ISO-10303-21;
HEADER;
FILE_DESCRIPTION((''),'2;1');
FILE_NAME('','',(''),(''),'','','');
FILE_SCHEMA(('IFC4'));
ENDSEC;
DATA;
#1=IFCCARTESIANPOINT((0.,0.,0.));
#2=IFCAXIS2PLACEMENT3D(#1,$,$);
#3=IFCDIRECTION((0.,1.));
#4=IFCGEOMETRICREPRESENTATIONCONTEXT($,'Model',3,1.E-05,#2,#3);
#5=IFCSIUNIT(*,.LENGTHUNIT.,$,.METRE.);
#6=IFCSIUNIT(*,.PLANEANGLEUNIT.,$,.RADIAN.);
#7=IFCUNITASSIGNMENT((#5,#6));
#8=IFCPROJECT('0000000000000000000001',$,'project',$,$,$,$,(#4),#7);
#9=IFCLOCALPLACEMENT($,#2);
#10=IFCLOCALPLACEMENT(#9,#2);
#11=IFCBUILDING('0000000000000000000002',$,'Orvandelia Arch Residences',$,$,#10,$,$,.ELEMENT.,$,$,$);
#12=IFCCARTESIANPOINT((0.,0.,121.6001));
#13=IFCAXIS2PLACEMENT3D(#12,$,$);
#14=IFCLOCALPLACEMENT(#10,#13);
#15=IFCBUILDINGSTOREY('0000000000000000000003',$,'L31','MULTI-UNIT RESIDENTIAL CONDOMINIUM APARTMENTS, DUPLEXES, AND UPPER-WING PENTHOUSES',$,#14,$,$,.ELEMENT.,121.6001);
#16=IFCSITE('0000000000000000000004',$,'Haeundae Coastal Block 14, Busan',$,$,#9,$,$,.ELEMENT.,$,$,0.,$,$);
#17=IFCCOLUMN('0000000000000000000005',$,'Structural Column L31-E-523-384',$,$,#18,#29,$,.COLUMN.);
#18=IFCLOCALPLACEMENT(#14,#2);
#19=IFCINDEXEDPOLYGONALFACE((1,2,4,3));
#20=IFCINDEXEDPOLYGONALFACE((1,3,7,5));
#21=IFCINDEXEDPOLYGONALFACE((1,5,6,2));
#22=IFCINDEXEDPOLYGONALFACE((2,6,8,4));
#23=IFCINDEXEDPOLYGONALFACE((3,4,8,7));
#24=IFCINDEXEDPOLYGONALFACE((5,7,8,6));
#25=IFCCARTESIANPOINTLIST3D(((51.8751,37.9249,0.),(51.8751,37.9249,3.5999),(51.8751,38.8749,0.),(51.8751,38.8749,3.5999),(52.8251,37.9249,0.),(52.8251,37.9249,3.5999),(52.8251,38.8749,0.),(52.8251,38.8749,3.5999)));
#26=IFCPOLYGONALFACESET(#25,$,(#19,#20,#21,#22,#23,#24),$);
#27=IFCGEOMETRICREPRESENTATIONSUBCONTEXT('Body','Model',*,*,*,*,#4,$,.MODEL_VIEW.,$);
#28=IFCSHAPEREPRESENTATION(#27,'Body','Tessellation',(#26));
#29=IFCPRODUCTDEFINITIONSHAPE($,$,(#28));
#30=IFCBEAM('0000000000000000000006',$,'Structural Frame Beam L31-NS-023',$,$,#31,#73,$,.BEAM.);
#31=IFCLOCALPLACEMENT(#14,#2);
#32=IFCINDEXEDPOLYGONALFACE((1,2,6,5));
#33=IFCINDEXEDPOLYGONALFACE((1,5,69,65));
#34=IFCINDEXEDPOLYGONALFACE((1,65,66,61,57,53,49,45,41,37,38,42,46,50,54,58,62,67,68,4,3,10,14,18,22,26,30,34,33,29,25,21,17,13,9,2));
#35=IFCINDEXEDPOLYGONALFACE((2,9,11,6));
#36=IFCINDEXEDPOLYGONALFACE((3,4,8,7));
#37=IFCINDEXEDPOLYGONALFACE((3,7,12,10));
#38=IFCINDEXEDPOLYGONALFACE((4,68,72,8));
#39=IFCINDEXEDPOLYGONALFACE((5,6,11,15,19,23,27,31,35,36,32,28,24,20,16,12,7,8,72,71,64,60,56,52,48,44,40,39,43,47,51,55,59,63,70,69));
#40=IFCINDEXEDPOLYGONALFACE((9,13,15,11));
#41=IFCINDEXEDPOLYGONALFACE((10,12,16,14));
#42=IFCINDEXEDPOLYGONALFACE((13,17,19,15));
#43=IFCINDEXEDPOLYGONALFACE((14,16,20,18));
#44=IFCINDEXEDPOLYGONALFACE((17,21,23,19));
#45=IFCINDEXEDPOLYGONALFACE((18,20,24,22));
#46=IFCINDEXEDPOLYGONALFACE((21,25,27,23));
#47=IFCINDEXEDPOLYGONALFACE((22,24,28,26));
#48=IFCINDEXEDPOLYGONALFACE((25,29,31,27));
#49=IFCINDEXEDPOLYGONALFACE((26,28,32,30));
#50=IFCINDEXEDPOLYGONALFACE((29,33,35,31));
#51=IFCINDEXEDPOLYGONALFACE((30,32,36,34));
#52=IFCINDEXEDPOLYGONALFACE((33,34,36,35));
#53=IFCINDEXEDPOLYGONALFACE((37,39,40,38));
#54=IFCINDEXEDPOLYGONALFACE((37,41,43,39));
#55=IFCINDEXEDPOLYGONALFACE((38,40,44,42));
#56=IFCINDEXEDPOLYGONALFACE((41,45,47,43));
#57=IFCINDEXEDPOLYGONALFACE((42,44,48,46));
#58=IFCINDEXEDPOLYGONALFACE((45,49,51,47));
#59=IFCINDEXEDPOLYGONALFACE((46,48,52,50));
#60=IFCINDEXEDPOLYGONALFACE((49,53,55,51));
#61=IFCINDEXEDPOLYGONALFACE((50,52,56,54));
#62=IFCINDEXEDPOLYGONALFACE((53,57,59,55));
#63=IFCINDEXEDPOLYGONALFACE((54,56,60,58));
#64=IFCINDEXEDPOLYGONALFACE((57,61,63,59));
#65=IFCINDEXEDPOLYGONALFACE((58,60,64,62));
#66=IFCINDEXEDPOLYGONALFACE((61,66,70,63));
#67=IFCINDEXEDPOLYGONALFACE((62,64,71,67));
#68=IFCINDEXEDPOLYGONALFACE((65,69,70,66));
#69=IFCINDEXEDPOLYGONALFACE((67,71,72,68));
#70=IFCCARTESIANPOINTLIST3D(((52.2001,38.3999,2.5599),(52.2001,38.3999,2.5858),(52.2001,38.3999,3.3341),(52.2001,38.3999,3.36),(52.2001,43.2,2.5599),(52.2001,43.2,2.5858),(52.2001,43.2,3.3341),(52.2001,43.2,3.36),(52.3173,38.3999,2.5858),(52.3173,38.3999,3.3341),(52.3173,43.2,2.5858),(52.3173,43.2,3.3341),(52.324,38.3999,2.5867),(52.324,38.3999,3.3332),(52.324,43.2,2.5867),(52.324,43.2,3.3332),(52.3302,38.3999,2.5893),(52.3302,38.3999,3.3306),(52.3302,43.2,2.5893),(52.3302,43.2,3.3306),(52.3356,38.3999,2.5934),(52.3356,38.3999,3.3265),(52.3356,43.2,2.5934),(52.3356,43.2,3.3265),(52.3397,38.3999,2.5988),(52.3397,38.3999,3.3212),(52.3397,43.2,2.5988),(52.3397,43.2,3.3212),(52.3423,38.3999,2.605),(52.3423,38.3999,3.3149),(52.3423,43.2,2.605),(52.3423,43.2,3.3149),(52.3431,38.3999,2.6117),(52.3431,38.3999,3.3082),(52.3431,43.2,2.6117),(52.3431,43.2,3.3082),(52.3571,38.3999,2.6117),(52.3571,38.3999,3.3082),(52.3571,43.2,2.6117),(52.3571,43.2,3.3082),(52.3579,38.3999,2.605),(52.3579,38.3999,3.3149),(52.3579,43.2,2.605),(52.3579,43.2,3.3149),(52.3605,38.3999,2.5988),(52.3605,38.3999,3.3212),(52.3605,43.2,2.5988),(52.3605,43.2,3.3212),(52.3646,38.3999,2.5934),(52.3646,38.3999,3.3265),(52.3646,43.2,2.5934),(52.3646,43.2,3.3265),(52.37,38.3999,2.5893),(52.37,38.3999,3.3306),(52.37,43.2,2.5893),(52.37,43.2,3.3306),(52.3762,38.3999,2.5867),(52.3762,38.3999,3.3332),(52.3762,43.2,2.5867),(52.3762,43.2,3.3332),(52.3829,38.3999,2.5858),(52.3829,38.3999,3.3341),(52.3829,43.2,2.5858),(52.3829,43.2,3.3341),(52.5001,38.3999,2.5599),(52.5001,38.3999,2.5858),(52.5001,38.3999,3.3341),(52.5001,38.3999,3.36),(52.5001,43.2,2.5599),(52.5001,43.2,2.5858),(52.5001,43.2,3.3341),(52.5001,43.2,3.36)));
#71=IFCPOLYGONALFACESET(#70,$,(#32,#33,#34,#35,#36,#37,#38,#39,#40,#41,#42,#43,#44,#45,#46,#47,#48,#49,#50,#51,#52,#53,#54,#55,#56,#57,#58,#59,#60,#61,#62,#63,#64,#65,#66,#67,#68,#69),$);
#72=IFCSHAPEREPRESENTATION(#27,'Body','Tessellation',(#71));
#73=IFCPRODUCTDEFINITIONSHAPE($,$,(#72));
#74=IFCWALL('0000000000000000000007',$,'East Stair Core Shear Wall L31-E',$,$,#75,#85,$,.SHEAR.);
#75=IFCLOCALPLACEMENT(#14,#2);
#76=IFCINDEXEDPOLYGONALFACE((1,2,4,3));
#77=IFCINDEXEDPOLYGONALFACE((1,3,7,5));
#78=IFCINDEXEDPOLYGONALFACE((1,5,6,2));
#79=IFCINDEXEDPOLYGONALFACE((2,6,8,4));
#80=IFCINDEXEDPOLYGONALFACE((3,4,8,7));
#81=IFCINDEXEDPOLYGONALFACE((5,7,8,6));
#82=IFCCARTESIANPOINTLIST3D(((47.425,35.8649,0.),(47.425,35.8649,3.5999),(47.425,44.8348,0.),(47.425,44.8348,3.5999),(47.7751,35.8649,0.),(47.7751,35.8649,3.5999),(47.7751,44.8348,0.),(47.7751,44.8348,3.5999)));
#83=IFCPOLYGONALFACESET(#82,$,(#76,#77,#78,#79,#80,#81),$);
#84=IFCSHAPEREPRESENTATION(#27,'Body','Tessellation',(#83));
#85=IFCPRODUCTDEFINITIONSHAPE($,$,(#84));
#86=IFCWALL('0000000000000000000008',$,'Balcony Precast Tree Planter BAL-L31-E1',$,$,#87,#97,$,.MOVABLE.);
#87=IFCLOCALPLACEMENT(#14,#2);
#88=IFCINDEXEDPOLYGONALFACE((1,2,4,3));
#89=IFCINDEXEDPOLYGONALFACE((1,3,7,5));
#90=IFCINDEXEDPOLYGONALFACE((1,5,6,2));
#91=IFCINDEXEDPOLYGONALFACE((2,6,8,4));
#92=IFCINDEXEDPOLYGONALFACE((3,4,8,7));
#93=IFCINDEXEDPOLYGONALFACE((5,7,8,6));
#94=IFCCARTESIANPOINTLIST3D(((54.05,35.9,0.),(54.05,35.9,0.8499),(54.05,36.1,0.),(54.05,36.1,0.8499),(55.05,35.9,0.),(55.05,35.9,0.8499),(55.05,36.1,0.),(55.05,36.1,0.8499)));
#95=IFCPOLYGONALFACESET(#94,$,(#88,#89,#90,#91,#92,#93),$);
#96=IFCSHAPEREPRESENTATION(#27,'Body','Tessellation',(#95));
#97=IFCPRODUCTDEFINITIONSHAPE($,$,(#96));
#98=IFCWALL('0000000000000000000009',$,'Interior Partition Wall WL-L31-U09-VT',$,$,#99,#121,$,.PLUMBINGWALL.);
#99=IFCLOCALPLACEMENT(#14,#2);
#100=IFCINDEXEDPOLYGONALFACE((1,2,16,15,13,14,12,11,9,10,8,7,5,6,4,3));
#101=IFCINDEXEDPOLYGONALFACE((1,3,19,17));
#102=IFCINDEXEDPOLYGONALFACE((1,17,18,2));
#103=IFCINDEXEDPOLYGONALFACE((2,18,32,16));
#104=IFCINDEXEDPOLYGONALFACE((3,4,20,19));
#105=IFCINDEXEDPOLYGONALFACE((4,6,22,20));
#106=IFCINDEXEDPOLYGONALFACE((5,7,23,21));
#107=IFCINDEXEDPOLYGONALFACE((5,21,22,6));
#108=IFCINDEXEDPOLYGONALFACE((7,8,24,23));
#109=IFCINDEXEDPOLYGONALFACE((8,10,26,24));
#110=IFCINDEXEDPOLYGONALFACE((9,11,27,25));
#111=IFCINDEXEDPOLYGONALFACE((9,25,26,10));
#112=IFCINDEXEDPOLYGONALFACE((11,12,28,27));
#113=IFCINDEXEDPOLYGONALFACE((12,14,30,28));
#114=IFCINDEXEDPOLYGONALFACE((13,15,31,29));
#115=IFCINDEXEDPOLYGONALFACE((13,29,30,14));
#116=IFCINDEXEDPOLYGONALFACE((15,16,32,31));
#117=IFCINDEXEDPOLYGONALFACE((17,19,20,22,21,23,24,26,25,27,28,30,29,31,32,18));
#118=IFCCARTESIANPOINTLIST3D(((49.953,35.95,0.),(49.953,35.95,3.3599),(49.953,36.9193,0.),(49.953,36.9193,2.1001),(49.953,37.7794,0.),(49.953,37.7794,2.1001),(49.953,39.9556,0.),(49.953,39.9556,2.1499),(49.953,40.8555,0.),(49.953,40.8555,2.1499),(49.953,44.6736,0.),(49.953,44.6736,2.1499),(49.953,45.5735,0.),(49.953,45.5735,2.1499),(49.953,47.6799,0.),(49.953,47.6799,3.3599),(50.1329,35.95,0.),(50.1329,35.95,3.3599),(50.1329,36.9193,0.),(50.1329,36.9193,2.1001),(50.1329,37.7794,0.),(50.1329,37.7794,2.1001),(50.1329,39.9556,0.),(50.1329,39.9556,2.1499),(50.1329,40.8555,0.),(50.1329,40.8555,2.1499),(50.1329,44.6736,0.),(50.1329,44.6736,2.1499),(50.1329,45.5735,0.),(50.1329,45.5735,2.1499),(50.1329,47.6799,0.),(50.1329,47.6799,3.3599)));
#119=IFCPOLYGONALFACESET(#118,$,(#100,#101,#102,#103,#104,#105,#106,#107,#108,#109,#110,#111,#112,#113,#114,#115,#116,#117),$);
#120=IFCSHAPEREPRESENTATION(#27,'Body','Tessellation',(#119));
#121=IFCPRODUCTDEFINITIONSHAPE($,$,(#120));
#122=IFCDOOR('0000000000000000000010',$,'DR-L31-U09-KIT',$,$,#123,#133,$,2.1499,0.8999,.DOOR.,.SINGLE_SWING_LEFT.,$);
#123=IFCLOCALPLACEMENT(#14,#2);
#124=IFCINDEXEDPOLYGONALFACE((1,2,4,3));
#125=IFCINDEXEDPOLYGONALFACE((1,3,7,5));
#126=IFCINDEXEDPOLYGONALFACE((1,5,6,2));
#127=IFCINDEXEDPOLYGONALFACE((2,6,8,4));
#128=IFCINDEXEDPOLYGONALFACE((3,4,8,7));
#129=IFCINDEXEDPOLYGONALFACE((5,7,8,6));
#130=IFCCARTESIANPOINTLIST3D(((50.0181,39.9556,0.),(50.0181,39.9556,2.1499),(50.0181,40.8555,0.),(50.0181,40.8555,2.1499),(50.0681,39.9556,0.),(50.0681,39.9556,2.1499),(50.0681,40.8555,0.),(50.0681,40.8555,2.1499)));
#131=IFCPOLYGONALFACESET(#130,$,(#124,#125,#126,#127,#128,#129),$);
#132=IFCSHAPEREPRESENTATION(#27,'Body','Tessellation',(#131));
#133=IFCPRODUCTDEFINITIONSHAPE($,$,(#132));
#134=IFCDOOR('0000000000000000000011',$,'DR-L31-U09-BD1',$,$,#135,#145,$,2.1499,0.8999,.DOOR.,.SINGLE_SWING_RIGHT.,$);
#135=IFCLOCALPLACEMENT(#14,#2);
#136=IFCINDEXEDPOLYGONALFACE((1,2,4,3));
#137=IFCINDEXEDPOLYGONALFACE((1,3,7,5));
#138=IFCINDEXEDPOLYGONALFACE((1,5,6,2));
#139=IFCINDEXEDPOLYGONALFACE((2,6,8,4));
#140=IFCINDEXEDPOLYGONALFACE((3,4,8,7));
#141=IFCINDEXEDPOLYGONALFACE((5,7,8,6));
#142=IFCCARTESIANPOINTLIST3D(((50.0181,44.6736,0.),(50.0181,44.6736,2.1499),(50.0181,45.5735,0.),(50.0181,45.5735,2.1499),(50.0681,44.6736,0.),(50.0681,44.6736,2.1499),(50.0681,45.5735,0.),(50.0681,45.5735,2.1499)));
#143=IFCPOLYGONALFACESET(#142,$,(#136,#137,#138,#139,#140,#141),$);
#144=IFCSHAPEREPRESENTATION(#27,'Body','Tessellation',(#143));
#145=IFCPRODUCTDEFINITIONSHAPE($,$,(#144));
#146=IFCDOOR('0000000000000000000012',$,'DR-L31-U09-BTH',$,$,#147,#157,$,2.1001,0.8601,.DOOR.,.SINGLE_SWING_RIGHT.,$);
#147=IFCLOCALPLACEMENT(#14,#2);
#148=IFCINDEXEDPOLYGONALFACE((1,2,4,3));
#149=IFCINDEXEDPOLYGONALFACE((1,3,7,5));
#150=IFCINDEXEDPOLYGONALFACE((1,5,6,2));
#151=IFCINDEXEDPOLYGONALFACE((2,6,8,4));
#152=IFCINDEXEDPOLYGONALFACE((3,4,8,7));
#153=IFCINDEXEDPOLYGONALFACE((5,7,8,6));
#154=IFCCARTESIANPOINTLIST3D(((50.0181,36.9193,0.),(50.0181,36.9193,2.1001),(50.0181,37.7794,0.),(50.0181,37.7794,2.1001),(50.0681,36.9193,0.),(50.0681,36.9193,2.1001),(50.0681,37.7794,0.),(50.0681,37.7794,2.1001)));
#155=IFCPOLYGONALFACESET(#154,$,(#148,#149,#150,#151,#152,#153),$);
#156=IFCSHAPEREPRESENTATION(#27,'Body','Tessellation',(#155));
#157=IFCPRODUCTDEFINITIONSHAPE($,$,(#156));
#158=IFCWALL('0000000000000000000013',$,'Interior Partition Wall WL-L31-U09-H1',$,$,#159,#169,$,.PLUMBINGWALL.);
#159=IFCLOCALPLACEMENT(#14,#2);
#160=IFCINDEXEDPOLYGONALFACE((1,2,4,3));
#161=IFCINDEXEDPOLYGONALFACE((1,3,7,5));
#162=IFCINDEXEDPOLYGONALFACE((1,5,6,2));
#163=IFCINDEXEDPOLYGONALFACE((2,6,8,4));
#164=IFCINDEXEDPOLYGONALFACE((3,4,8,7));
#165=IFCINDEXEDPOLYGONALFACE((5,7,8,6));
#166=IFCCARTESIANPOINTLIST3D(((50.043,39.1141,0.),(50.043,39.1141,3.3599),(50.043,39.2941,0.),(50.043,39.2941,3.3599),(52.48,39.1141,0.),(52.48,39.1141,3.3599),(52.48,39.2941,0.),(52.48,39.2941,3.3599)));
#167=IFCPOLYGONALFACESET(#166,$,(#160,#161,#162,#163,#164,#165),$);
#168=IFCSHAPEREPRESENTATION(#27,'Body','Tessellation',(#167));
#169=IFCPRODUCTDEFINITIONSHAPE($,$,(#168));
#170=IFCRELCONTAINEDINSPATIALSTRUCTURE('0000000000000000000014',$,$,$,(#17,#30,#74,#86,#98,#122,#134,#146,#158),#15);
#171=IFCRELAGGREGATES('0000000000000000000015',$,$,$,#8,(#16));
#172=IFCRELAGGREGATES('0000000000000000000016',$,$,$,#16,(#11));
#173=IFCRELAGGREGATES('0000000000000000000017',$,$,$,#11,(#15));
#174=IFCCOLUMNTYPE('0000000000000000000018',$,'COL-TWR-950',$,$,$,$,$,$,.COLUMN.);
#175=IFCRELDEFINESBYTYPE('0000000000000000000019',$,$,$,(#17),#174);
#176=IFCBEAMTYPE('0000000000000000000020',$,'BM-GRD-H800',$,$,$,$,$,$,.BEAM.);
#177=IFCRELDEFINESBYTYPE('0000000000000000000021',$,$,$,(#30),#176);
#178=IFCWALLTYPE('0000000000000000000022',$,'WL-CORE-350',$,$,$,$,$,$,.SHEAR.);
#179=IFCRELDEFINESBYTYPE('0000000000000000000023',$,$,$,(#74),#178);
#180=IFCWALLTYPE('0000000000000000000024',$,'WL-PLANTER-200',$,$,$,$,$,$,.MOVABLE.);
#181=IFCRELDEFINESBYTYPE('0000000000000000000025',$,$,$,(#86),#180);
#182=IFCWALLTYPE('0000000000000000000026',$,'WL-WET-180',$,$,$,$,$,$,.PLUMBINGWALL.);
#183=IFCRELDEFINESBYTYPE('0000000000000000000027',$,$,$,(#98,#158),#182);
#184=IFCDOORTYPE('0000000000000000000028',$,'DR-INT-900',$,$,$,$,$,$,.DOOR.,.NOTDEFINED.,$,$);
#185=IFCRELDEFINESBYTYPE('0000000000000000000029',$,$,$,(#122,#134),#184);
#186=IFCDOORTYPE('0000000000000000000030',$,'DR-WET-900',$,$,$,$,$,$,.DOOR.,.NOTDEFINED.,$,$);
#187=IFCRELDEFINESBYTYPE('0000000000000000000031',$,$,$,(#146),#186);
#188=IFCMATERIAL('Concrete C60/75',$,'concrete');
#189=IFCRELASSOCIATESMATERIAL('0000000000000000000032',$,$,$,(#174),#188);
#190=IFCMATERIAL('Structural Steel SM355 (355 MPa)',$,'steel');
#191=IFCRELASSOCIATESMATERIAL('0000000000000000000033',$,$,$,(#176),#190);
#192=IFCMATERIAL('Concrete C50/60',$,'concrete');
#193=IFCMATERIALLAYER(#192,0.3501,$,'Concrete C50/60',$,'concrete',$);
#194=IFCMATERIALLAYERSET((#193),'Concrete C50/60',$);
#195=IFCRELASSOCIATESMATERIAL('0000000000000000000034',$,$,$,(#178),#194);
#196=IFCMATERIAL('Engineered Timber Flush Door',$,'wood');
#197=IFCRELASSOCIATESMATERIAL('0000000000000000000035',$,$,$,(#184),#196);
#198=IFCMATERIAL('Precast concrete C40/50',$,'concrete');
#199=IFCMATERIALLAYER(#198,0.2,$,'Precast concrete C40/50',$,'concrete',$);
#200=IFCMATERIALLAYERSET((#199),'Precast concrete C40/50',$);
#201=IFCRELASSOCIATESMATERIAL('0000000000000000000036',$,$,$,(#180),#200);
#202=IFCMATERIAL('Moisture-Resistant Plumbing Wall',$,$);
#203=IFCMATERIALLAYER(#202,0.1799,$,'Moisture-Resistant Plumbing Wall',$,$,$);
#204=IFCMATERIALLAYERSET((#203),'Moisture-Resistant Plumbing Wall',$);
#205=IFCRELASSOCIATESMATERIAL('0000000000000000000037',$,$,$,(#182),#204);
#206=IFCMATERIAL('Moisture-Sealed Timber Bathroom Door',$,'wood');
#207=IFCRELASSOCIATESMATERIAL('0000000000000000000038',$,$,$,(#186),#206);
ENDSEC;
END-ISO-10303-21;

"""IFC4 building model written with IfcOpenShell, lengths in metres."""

from ifc_helpers import new_model, si_unit, direction, frame, frame_2d, origin, origin_2d, place, context, subcontext, project, spatial, rectangle, i_section, extrude, material, layer, layer_set, material_profile, profile_set, type_object, element, fill, save


model = new_model("IFC4")

# Units and contexts
model_context = context("Model", 3, precision=1e-05, world=origin(), true_north=direction((0.0, 1.0)))
body_context = subcontext(model_context, "Body", "Model", "MODEL_VIEW")
ifc_project = project(units=[si_unit("LENGTHUNIT", "METRE"), si_unit("PLANEANGLEUNIT", "RADIAN")], contexts=[model_context])

# Site, building, storey
site_placement = place(None, origin())
site = spatial("IfcSite", under=ifc_project, at=site_placement, Name="Haeundae Coastal Block 14, Busan", CompositionType="ELEMENT", RefElevation=0.0)
building_placement = place(site_placement, origin())
building = spatial("IfcBuilding", under=site, at=building_placement, Name="Orvandelia Arch Residences", CompositionType="ELEMENT")
storey_placement = place(building_placement, frame((0.0, 0.0, 121.6001)))
storey = spatial("IfcBuildingStorey", under=building, at=storey_placement, Name="L31", Description="MULTI-UNIT RESIDENTIAL CONDOMINIUM APARTMENTS, DUPLEXES, AND UPPER-WING PENTHOUSES", CompositionType="ELEMENT", Elevation=121.6001)

# Column
ifc_material_1 = material(Name="Concrete C60/75", Category="concrete")
ifc_material_profile_1 = material_profile(ifc_material_1, rectangle(XDim=0.95, YDim=0.95, at=origin_2d()), Name="Concrete C60/75", Category="concrete")
ifc_profile_set_1 = profile_set([ifc_material_profile_1], Name="Concrete C60/75")
column_type = type_object("IfcColumnType", Name="COL-TWR-950", PredefinedType="COLUMN", material=ifc_profile_set_1)
column_placement = place(storey_placement, frame((52.3501, 38.3999, 0.0), z_axis=(0.0, 0.0, 1.0), x_axis=(1.0, 0.0, 0.0)))
element("IfcColumn", 1, at=column_placement, inside=storey, type_object=column_type, Name="Structural Column L31-E-523-384", PredefinedType="COLUMN", context=body_context, shape_type="SweptSolid", body=[
    extrude(rectangle(XDim=0.95, YDim=0.95, at=origin_2d()), origin(), (0.0, 0.0, 1.0), 3.5999),
])

# Beam
ifc_material_2 = material(Name="Structural Steel SM355 (355 MPa)", Category="steel")
ifc_material_profile_2 = material_profile(ifc_material_2, i_section(OverallWidth=0.3, OverallDepth=0.8, WebThickness=0.0139, FlangeThickness=0.0259, FilletRadius=0.0259, at=origin_2d()), Name="Structural Steel SM355 (355 MPa)", Category="steel")
ifc_profile_set_2 = profile_set([ifc_material_profile_2], Name="Structural Steel SM355 (355 MPa)")
beam_type = type_object("IfcBeamType", Name="BM-GRD-H800", PredefinedType="BEAM", material=ifc_profile_set_2)
beam_placement = place(storey_placement, frame((52.3501, 38.3999, 2.96), z_axis=(0.0, 1.0, 0.0), x_axis=(-1.0, 0.0, 0.0)))
element("IfcBeam", 2, at=beam_placement, inside=storey, type_object=beam_type, Name="Structural Frame Beam L31-NS-023", PredefinedType="BEAM", context=body_context, shape_type="SweptSolid", body=[
    extrude(i_section(OverallWidth=0.3, OverallDepth=0.8, WebThickness=0.0139, FlangeThickness=0.0259, FilletRadius=0.0259, at=origin_2d()), origin(), (0.0, 0.0, 1.0), 4.8),
])

# Wall
ifc_material_3 = material(Name="Concrete C50/60", Category="concrete")
ifc_layer_1 = layer(ifc_material_3, 0.3501, Name="Concrete C50/60", Category="concrete")
ifc_layer_set_1 = layer_set([ifc_layer_1], Name="Concrete C50/60")
wall_type_1 = type_object("IfcWallType", Name="WL-CORE-350", PredefinedType="SHEAR", material=ifc_layer_set_1)
wall_1_placement = place(storey_placement, frame((47.6001, 35.865, 0.0), z_axis=(0.0, 0.0, 1.0), x_axis=(0.0, 1.0, 0.0)))
element("IfcWall", 3, at=wall_1_placement, inside=storey, type_object=wall_type_1, Name="East Stair Core Shear Wall L31-E", PredefinedType="SHEAR", context=body_context, shape_type="SweptSolid", body=[
    extrude(rectangle(XDim=8.97, YDim=0.3501, at=frame_2d((4.4849, 0.0))), origin(), (0.0, 0.0, 1.0), 3.5999),
])

# Shared definitions
ifc_material_4 = material(Name="Engineered Timber Flush Door", Category="wood")
door_type_1 = type_object("IfcDoorType", Name="DR-INT-900", OperationType="NOTDEFINED", PredefinedType="DOOR", material=ifc_material_4)

# Wall
ifc_material_5 = material(Name="Precast concrete C40/50", Category="concrete")
ifc_layer_2 = layer(ifc_material_5, 0.2, Name="Precast concrete C40/50", Category="concrete")
ifc_layer_set_2 = layer_set([ifc_layer_2], Name="Precast concrete C40/50")
wall_type_2 = type_object("IfcWallType", Name="WL-PLANTER-200", PredefinedType="MOVABLE", material=ifc_layer_set_2)
wall_2_placement = place(storey_placement, frame((54.05, 36.0, 0.0), z_axis=(0.0, 0.0, 1.0), x_axis=(1.0, 0.0, 0.0)))
element("IfcWall", 4, at=wall_2_placement, inside=storey, type_object=wall_type_2, Name="Balcony Precast Tree Planter BAL-L31-E1", PredefinedType="MOVABLE", context=body_context, shape_type="SweptSolid", body=[
    extrude(rectangle(XDim=1.0, YDim=0.2, at=frame_2d((0.5, 0.0))), origin(), (0.0, 0.0, 1.0), 0.8499),
])

# Wall, openings, doors
ifc_material_6 = material(Name="Moisture-Resistant Plumbing Wall")
ifc_layer_3 = layer(ifc_material_6, 0.1799, Name="Moisture-Resistant Plumbing Wall")
ifc_layer_set_3 = layer_set([ifc_layer_3], Name="Moisture-Resistant Plumbing Wall")
wall_type_3 = type_object("IfcWallType", Name="WL-WET-180", PredefinedType="PLUMBINGWALL", material=ifc_layer_set_3)
wall_3_placement = place(storey_placement, frame((50.043, 35.95, 0.0), z_axis=(0.0, 0.0, 1.0), x_axis=(0.0, 1.0, 0.0)))
wall_3 = element("IfcWall", 5, at=wall_3_placement, inside=storey, type_object=wall_type_3, Name="Interior Partition Wall WL-L31-U09-VT", PredefinedType="PLUMBINGWALL", context=body_context, shape_type="SweptSolid", body=[
    extrude(rectangle(XDim=11.73, YDim=0.1799, at=frame_2d((5.865, 0.0))), origin(), (0.0, 0.0, 1.0), 3.3599),
])
opening_1_placement = place(wall_3_placement, frame((0.9692, 0.0, 0.0)))
opening_1 = element("IfcOpeningElement", 6, at=opening_1_placement, cuts=wall_3, PredefinedType="OPENING", context=body_context, shape_type="SweptSolid", body=[
    extrude(rectangle(XDim=0.8601, YDim=2.1001, at=frame_2d((0.4302, 1.05))), frame((0.0, 0.1001, 0.0), z_axis=(0.0, -1.0, 0.0), x_axis=(1.0, 0.0, 0.0)), (0.0, 0.0, 1.0), 0.2),
])
opening_2_placement = place(wall_3_placement, frame((4.0056, 0.0, 0.0)))
opening_2 = element("IfcOpeningElement", 7, at=opening_2_placement, cuts=wall_3, PredefinedType="OPENING", context=body_context, shape_type="SweptSolid", body=[
    extrude(rectangle(XDim=0.8999, YDim=2.1499, at=frame_2d((0.45, 1.075))), frame((0.0, 0.1001, 0.0), z_axis=(0.0, -1.0, 0.0), x_axis=(1.0, 0.0, 0.0)), (0.0, 0.0, 1.0), 0.2),
])
opening_3_placement = place(wall_3_placement, frame((8.7236, 0.0, 0.0)))
opening_3 = element("IfcOpeningElement", 8, at=opening_3_placement, cuts=wall_3, PredefinedType="OPENING", context=body_context, shape_type="SweptSolid", body=[
    extrude(rectangle(XDim=0.8999, YDim=2.1499, at=frame_2d((0.45, 1.075))), frame((0.0, 0.1001, 0.0), z_axis=(0.0, -1.0, 0.0), x_axis=(1.0, 0.0, 0.0)), (0.0, 0.0, 1.0), 0.2),
])
door_1_placement = place(opening_2_placement, origin())
door_1 = element("IfcDoor", 9, at=door_1_placement, inside=storey, type_object=door_type_1, Name="DR-L31-U09-KIT", OperationType="SINGLE_SWING_LEFT", OverallHeight=2.1499, OverallWidth=0.8999, PredefinedType="DOOR", context=body_context, shape_type="SweptSolid", body=[
    extrude(rectangle(XDim=0.8999, YDim=2.1499, at=frame_2d((0.45, 1.075))), frame((0.0, 0.0249, 0.0), z_axis=(0.0, -1.0, 0.0), x_axis=(1.0, 0.0, 0.0)), (0.0, 0.0, 1.0), 0.05),
])
fill(opening_2, door_1)
door_2_placement = place(opening_3_placement, origin())
door_2 = element("IfcDoor", 10, at=door_2_placement, inside=storey, type_object=door_type_1, Name="DR-L31-U09-BD1", OperationType="SINGLE_SWING_RIGHT", OverallHeight=2.1499, OverallWidth=0.8999, PredefinedType="DOOR", context=body_context, shape_type="SweptSolid", body=[
    extrude(rectangle(XDim=0.8999, YDim=2.1499, at=frame_2d((0.45, 1.075))), frame((0.0, 0.0249, 0.0), z_axis=(0.0, -1.0, 0.0), x_axis=(1.0, 0.0, 0.0)), (0.0, 0.0, 1.0), 0.05),
])
fill(opening_3, door_2)
ifc_material_7 = material(Name="Moisture-Sealed Timber Bathroom Door", Category="wood")
door_type_2 = type_object("IfcDoorType", Name="DR-WET-900", OperationType="NOTDEFINED", PredefinedType="DOOR", material=ifc_material_7)
door_3_placement = place(opening_1_placement, origin())
door_3 = element("IfcDoor", 11, at=door_3_placement, inside=storey, type_object=door_type_2, Name="DR-L31-U09-BTH", OperationType="SINGLE_SWING_RIGHT", OverallHeight=2.1001, OverallWidth=0.8601, PredefinedType="DOOR", context=body_context, shape_type="SweptSolid", body=[
    extrude(rectangle(XDim=0.8601, YDim=2.1001, at=frame_2d((0.4302, 1.05))), frame((0.0, 0.0249, 0.0), z_axis=(0.0, -1.0, 0.0), x_axis=(1.0, 0.0, 0.0)), (0.0, 0.0, 1.0), 0.05),
])
fill(opening_1, door_3)

# Wall
wall_4_placement = place(storey_placement, frame((50.043, 39.2041, 0.0), z_axis=(0.0, 0.0, 1.0), x_axis=(1.0, 0.0, 0.0)))
element("IfcWall", 12, at=wall_4_placement, inside=storey, type_object=wall_type_3, Name="Interior Partition Wall WL-L31-U09-H1", PredefinedType="PLUMBINGWALL", context=body_context, shape_type="SweptSolid", body=[
    extrude(rectangle(XDim=2.437, YDim=0.1799, at=frame_2d((1.2185, 0.0))), origin(), (0.0, 0.0, 1.0), 3.3599),
])

save(model, "model.ifc")
